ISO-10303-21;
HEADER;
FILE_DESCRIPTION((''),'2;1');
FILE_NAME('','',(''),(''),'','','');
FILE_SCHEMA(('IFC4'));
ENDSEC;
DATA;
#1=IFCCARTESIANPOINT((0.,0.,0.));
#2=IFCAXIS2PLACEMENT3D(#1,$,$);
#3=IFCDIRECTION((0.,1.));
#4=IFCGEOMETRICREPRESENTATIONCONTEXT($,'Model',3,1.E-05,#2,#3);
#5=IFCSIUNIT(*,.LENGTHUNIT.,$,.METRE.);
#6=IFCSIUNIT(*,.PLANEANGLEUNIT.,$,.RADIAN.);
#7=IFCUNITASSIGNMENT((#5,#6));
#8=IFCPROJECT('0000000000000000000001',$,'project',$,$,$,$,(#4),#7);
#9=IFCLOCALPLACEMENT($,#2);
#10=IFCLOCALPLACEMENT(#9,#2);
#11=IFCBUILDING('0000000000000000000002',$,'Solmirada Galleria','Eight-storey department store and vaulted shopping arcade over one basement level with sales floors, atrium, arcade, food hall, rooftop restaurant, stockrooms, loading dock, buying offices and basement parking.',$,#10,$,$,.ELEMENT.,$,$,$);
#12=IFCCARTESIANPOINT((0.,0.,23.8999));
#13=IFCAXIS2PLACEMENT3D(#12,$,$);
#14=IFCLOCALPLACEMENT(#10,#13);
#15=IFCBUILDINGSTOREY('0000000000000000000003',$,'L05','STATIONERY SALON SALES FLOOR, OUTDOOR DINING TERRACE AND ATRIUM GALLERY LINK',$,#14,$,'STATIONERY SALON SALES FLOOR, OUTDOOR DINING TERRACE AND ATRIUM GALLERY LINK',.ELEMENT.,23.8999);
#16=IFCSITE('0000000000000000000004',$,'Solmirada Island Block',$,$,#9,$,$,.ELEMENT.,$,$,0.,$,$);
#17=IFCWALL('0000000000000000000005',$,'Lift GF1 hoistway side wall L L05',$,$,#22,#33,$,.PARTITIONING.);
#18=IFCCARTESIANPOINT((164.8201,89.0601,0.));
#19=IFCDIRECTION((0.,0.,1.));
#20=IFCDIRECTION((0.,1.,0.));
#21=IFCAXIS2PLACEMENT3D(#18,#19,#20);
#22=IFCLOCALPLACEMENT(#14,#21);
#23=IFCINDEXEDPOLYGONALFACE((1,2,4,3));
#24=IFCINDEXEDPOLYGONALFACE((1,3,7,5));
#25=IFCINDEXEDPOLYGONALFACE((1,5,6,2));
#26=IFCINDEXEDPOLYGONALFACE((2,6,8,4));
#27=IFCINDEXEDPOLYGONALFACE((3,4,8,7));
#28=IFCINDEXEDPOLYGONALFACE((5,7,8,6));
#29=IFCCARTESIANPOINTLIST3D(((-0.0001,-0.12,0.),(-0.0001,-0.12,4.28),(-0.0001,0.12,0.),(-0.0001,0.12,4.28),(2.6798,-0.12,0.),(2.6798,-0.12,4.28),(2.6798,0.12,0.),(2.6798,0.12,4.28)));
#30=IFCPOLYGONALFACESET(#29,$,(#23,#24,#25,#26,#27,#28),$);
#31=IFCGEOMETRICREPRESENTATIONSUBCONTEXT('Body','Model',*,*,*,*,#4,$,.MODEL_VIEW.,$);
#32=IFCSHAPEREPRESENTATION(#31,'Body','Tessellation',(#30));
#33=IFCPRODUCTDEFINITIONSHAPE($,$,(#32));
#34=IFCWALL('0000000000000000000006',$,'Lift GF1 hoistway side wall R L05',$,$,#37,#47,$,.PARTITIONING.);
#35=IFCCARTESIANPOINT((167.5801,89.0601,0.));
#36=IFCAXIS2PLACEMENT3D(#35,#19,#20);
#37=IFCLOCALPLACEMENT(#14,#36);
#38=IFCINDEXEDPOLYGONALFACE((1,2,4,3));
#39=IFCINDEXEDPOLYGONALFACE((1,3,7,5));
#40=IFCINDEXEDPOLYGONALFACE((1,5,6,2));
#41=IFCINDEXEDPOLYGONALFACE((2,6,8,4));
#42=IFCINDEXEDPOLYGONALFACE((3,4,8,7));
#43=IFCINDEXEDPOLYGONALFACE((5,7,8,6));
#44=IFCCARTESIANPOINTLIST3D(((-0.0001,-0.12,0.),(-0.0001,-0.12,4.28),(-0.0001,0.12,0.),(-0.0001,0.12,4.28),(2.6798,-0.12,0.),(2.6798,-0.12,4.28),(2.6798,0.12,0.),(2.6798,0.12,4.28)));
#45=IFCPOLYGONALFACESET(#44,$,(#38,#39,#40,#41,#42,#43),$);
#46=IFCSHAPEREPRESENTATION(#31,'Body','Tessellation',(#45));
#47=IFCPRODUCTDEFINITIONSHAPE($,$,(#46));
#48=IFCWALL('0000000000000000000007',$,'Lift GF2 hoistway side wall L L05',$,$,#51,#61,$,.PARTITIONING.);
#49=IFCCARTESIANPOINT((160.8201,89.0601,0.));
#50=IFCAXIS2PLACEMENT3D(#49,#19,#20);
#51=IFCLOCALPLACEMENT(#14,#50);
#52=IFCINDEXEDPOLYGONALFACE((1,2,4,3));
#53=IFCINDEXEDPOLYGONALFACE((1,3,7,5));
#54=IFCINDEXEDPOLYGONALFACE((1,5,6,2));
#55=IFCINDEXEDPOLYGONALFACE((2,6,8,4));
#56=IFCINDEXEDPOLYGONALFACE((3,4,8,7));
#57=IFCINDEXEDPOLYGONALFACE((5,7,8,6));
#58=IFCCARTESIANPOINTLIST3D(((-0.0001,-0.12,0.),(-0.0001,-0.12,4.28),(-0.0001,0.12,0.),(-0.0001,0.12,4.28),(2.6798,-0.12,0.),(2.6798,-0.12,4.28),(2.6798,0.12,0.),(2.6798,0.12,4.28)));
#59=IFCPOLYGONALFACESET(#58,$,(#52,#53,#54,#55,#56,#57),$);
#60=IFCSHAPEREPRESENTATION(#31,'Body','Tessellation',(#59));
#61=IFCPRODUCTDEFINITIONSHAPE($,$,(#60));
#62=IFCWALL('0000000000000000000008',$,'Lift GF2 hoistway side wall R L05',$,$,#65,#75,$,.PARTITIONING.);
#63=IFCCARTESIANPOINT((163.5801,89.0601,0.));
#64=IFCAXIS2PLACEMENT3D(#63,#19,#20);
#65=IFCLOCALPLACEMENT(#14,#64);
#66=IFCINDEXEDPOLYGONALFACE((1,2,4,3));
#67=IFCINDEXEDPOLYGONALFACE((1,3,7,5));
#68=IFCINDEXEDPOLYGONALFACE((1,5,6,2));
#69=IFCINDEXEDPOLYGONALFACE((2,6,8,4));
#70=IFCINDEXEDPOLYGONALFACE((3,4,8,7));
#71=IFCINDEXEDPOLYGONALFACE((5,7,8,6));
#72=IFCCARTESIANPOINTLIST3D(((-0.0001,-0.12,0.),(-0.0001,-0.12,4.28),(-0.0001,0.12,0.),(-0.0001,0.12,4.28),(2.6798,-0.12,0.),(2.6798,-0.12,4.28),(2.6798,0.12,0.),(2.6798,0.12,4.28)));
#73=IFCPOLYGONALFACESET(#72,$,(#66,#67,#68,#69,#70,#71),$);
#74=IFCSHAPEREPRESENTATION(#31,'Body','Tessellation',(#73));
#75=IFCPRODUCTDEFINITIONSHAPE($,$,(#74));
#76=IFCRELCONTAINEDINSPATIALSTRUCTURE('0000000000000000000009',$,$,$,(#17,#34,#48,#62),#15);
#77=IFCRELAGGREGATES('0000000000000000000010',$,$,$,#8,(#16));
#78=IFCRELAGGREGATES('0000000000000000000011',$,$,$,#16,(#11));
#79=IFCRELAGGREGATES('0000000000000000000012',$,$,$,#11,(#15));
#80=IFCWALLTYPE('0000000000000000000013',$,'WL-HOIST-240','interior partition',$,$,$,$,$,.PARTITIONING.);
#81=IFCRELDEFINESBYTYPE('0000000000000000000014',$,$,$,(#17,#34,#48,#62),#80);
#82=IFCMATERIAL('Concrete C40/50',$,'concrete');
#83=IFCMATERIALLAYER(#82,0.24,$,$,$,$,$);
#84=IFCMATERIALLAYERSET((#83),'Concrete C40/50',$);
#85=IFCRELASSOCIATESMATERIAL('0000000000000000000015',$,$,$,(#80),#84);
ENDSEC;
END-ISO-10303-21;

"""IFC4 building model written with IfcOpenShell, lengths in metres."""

from ifc_helpers import new_model, si_unit, direction, frame, frame_2d, origin, place, context, subcontext, project, spatial, rectangle, extrude, material, layer, layer_set, type_object, element, save


model = new_model("IFC4")

# Units and contexts
model_context = context("Model", 3, precision=1e-05, world=origin(), true_north=direction((0.0, 1.0)))
body_context = subcontext(model_context, "Body", "Model", "MODEL_VIEW")
ifc_project = project(units=[si_unit("LENGTHUNIT", "METRE"), si_unit("PLANEANGLEUNIT", "RADIAN")], contexts=[model_context])

# Site, building, storey
site_placement = place(None, origin())
site = spatial("IfcSite", under=ifc_project, at=site_placement, Name="Solmirada Island Block", CompositionType="ELEMENT", RefElevation=0.0)
building_placement = place(site_placement, origin())
building = spatial("IfcBuilding", under=site, at=building_placement, Name="Solmirada Galleria", Description="Eight-storey department store and vaulted shopping arcade over one basement level with sales floors, atrium, arcade, food hall, rooftop restaurant, stockrooms, loading dock, buying offices and basement parking.", CompositionType="ELEMENT")
storey_placement = place(building_placement, frame((0.0, 0.0, 23.8999)))
storey = spatial("IfcBuildingStorey", under=building, at=storey_placement, Name="L05", Description="STATIONERY SALON SALES FLOOR, OUTDOOR DINING TERRACE AND ATRIUM GALLERY LINK", LongName="STATIONERY SALON SALES FLOOR, OUTDOOR DINING TERRACE AND ATRIUM GALLERY LINK", CompositionType="ELEMENT", Elevation=23.8999)

# Shared definitions
ifc_material_1 = material(Name="Concrete C40/50", Category="concrete")

# Shared definitions
ifc_layer_1 = layer(ifc_material_1, 0.24)
ifc_layer_set_1 = layer_set([ifc_layer_1], Name="Concrete C40/50")
wall_type_1 = type_object("IfcWallType", Name="WL-HOIST-240", Description="interior partition", PredefinedType="PARTITIONING", material=ifc_layer_set_1)

# Walls
for number, where, z_axis, x_axis, name in (
    (1, (164.8201, 89.0601, 0.0), (0.0, 0.0, 1.0), (0.0, 1.0, 0.0), "Lift GF1 hoistway side wall L L05"),
    (2, (167.5801, 89.0601, 0.0), (0.0, 0.0, 1.0), (0.0, 1.0, 0.0), "Lift GF1 hoistway side wall R L05"),
):
    element("IfcWall", number, at=place(storey_placement, frame(where, z_axis=z_axis, x_axis=x_axis)), inside=storey, type_object=wall_type_1, Name=name, PredefinedType="PARTITIONING", context=body_context, shape_type="SweptSolid", body=[
        extrude(rectangle(XDim=2.6799, YDim=0.24, at=frame_2d((1.3398, 0.0))), origin(), (0.0, 0.0, 1.0), 4.28),
    ])

# Walls
for number, where, z_axis, x_axis, name in (
    (3, (160.8201, 89.0601, 0.0), (0.0, 0.0, 1.0), (0.0, 1.0, 0.0), "Lift GF2 hoistway side wall L L05"),
    (4, (163.5801, 89.0601, 0.0), (0.0, 0.0, 1.0), (0.0, 1.0, 0.0), "Lift GF2 hoistway side wall R L05"),
):
    element("IfcWall", number, at=place(storey_placement, frame(where, z_axis=z_axis, x_axis=x_axis)), inside=storey, type_object=wall_type_1, Name=name, PredefinedType="PARTITIONING", context=body_context, shape_type="SweptSolid", body=[
        extrude(rectangle(XDim=2.6799, YDim=0.24, at=frame_2d((1.3398, 0.0))), origin(), (0.0, 0.0, 1.0), 4.28),
    ])

save(model, "model.ifc")
